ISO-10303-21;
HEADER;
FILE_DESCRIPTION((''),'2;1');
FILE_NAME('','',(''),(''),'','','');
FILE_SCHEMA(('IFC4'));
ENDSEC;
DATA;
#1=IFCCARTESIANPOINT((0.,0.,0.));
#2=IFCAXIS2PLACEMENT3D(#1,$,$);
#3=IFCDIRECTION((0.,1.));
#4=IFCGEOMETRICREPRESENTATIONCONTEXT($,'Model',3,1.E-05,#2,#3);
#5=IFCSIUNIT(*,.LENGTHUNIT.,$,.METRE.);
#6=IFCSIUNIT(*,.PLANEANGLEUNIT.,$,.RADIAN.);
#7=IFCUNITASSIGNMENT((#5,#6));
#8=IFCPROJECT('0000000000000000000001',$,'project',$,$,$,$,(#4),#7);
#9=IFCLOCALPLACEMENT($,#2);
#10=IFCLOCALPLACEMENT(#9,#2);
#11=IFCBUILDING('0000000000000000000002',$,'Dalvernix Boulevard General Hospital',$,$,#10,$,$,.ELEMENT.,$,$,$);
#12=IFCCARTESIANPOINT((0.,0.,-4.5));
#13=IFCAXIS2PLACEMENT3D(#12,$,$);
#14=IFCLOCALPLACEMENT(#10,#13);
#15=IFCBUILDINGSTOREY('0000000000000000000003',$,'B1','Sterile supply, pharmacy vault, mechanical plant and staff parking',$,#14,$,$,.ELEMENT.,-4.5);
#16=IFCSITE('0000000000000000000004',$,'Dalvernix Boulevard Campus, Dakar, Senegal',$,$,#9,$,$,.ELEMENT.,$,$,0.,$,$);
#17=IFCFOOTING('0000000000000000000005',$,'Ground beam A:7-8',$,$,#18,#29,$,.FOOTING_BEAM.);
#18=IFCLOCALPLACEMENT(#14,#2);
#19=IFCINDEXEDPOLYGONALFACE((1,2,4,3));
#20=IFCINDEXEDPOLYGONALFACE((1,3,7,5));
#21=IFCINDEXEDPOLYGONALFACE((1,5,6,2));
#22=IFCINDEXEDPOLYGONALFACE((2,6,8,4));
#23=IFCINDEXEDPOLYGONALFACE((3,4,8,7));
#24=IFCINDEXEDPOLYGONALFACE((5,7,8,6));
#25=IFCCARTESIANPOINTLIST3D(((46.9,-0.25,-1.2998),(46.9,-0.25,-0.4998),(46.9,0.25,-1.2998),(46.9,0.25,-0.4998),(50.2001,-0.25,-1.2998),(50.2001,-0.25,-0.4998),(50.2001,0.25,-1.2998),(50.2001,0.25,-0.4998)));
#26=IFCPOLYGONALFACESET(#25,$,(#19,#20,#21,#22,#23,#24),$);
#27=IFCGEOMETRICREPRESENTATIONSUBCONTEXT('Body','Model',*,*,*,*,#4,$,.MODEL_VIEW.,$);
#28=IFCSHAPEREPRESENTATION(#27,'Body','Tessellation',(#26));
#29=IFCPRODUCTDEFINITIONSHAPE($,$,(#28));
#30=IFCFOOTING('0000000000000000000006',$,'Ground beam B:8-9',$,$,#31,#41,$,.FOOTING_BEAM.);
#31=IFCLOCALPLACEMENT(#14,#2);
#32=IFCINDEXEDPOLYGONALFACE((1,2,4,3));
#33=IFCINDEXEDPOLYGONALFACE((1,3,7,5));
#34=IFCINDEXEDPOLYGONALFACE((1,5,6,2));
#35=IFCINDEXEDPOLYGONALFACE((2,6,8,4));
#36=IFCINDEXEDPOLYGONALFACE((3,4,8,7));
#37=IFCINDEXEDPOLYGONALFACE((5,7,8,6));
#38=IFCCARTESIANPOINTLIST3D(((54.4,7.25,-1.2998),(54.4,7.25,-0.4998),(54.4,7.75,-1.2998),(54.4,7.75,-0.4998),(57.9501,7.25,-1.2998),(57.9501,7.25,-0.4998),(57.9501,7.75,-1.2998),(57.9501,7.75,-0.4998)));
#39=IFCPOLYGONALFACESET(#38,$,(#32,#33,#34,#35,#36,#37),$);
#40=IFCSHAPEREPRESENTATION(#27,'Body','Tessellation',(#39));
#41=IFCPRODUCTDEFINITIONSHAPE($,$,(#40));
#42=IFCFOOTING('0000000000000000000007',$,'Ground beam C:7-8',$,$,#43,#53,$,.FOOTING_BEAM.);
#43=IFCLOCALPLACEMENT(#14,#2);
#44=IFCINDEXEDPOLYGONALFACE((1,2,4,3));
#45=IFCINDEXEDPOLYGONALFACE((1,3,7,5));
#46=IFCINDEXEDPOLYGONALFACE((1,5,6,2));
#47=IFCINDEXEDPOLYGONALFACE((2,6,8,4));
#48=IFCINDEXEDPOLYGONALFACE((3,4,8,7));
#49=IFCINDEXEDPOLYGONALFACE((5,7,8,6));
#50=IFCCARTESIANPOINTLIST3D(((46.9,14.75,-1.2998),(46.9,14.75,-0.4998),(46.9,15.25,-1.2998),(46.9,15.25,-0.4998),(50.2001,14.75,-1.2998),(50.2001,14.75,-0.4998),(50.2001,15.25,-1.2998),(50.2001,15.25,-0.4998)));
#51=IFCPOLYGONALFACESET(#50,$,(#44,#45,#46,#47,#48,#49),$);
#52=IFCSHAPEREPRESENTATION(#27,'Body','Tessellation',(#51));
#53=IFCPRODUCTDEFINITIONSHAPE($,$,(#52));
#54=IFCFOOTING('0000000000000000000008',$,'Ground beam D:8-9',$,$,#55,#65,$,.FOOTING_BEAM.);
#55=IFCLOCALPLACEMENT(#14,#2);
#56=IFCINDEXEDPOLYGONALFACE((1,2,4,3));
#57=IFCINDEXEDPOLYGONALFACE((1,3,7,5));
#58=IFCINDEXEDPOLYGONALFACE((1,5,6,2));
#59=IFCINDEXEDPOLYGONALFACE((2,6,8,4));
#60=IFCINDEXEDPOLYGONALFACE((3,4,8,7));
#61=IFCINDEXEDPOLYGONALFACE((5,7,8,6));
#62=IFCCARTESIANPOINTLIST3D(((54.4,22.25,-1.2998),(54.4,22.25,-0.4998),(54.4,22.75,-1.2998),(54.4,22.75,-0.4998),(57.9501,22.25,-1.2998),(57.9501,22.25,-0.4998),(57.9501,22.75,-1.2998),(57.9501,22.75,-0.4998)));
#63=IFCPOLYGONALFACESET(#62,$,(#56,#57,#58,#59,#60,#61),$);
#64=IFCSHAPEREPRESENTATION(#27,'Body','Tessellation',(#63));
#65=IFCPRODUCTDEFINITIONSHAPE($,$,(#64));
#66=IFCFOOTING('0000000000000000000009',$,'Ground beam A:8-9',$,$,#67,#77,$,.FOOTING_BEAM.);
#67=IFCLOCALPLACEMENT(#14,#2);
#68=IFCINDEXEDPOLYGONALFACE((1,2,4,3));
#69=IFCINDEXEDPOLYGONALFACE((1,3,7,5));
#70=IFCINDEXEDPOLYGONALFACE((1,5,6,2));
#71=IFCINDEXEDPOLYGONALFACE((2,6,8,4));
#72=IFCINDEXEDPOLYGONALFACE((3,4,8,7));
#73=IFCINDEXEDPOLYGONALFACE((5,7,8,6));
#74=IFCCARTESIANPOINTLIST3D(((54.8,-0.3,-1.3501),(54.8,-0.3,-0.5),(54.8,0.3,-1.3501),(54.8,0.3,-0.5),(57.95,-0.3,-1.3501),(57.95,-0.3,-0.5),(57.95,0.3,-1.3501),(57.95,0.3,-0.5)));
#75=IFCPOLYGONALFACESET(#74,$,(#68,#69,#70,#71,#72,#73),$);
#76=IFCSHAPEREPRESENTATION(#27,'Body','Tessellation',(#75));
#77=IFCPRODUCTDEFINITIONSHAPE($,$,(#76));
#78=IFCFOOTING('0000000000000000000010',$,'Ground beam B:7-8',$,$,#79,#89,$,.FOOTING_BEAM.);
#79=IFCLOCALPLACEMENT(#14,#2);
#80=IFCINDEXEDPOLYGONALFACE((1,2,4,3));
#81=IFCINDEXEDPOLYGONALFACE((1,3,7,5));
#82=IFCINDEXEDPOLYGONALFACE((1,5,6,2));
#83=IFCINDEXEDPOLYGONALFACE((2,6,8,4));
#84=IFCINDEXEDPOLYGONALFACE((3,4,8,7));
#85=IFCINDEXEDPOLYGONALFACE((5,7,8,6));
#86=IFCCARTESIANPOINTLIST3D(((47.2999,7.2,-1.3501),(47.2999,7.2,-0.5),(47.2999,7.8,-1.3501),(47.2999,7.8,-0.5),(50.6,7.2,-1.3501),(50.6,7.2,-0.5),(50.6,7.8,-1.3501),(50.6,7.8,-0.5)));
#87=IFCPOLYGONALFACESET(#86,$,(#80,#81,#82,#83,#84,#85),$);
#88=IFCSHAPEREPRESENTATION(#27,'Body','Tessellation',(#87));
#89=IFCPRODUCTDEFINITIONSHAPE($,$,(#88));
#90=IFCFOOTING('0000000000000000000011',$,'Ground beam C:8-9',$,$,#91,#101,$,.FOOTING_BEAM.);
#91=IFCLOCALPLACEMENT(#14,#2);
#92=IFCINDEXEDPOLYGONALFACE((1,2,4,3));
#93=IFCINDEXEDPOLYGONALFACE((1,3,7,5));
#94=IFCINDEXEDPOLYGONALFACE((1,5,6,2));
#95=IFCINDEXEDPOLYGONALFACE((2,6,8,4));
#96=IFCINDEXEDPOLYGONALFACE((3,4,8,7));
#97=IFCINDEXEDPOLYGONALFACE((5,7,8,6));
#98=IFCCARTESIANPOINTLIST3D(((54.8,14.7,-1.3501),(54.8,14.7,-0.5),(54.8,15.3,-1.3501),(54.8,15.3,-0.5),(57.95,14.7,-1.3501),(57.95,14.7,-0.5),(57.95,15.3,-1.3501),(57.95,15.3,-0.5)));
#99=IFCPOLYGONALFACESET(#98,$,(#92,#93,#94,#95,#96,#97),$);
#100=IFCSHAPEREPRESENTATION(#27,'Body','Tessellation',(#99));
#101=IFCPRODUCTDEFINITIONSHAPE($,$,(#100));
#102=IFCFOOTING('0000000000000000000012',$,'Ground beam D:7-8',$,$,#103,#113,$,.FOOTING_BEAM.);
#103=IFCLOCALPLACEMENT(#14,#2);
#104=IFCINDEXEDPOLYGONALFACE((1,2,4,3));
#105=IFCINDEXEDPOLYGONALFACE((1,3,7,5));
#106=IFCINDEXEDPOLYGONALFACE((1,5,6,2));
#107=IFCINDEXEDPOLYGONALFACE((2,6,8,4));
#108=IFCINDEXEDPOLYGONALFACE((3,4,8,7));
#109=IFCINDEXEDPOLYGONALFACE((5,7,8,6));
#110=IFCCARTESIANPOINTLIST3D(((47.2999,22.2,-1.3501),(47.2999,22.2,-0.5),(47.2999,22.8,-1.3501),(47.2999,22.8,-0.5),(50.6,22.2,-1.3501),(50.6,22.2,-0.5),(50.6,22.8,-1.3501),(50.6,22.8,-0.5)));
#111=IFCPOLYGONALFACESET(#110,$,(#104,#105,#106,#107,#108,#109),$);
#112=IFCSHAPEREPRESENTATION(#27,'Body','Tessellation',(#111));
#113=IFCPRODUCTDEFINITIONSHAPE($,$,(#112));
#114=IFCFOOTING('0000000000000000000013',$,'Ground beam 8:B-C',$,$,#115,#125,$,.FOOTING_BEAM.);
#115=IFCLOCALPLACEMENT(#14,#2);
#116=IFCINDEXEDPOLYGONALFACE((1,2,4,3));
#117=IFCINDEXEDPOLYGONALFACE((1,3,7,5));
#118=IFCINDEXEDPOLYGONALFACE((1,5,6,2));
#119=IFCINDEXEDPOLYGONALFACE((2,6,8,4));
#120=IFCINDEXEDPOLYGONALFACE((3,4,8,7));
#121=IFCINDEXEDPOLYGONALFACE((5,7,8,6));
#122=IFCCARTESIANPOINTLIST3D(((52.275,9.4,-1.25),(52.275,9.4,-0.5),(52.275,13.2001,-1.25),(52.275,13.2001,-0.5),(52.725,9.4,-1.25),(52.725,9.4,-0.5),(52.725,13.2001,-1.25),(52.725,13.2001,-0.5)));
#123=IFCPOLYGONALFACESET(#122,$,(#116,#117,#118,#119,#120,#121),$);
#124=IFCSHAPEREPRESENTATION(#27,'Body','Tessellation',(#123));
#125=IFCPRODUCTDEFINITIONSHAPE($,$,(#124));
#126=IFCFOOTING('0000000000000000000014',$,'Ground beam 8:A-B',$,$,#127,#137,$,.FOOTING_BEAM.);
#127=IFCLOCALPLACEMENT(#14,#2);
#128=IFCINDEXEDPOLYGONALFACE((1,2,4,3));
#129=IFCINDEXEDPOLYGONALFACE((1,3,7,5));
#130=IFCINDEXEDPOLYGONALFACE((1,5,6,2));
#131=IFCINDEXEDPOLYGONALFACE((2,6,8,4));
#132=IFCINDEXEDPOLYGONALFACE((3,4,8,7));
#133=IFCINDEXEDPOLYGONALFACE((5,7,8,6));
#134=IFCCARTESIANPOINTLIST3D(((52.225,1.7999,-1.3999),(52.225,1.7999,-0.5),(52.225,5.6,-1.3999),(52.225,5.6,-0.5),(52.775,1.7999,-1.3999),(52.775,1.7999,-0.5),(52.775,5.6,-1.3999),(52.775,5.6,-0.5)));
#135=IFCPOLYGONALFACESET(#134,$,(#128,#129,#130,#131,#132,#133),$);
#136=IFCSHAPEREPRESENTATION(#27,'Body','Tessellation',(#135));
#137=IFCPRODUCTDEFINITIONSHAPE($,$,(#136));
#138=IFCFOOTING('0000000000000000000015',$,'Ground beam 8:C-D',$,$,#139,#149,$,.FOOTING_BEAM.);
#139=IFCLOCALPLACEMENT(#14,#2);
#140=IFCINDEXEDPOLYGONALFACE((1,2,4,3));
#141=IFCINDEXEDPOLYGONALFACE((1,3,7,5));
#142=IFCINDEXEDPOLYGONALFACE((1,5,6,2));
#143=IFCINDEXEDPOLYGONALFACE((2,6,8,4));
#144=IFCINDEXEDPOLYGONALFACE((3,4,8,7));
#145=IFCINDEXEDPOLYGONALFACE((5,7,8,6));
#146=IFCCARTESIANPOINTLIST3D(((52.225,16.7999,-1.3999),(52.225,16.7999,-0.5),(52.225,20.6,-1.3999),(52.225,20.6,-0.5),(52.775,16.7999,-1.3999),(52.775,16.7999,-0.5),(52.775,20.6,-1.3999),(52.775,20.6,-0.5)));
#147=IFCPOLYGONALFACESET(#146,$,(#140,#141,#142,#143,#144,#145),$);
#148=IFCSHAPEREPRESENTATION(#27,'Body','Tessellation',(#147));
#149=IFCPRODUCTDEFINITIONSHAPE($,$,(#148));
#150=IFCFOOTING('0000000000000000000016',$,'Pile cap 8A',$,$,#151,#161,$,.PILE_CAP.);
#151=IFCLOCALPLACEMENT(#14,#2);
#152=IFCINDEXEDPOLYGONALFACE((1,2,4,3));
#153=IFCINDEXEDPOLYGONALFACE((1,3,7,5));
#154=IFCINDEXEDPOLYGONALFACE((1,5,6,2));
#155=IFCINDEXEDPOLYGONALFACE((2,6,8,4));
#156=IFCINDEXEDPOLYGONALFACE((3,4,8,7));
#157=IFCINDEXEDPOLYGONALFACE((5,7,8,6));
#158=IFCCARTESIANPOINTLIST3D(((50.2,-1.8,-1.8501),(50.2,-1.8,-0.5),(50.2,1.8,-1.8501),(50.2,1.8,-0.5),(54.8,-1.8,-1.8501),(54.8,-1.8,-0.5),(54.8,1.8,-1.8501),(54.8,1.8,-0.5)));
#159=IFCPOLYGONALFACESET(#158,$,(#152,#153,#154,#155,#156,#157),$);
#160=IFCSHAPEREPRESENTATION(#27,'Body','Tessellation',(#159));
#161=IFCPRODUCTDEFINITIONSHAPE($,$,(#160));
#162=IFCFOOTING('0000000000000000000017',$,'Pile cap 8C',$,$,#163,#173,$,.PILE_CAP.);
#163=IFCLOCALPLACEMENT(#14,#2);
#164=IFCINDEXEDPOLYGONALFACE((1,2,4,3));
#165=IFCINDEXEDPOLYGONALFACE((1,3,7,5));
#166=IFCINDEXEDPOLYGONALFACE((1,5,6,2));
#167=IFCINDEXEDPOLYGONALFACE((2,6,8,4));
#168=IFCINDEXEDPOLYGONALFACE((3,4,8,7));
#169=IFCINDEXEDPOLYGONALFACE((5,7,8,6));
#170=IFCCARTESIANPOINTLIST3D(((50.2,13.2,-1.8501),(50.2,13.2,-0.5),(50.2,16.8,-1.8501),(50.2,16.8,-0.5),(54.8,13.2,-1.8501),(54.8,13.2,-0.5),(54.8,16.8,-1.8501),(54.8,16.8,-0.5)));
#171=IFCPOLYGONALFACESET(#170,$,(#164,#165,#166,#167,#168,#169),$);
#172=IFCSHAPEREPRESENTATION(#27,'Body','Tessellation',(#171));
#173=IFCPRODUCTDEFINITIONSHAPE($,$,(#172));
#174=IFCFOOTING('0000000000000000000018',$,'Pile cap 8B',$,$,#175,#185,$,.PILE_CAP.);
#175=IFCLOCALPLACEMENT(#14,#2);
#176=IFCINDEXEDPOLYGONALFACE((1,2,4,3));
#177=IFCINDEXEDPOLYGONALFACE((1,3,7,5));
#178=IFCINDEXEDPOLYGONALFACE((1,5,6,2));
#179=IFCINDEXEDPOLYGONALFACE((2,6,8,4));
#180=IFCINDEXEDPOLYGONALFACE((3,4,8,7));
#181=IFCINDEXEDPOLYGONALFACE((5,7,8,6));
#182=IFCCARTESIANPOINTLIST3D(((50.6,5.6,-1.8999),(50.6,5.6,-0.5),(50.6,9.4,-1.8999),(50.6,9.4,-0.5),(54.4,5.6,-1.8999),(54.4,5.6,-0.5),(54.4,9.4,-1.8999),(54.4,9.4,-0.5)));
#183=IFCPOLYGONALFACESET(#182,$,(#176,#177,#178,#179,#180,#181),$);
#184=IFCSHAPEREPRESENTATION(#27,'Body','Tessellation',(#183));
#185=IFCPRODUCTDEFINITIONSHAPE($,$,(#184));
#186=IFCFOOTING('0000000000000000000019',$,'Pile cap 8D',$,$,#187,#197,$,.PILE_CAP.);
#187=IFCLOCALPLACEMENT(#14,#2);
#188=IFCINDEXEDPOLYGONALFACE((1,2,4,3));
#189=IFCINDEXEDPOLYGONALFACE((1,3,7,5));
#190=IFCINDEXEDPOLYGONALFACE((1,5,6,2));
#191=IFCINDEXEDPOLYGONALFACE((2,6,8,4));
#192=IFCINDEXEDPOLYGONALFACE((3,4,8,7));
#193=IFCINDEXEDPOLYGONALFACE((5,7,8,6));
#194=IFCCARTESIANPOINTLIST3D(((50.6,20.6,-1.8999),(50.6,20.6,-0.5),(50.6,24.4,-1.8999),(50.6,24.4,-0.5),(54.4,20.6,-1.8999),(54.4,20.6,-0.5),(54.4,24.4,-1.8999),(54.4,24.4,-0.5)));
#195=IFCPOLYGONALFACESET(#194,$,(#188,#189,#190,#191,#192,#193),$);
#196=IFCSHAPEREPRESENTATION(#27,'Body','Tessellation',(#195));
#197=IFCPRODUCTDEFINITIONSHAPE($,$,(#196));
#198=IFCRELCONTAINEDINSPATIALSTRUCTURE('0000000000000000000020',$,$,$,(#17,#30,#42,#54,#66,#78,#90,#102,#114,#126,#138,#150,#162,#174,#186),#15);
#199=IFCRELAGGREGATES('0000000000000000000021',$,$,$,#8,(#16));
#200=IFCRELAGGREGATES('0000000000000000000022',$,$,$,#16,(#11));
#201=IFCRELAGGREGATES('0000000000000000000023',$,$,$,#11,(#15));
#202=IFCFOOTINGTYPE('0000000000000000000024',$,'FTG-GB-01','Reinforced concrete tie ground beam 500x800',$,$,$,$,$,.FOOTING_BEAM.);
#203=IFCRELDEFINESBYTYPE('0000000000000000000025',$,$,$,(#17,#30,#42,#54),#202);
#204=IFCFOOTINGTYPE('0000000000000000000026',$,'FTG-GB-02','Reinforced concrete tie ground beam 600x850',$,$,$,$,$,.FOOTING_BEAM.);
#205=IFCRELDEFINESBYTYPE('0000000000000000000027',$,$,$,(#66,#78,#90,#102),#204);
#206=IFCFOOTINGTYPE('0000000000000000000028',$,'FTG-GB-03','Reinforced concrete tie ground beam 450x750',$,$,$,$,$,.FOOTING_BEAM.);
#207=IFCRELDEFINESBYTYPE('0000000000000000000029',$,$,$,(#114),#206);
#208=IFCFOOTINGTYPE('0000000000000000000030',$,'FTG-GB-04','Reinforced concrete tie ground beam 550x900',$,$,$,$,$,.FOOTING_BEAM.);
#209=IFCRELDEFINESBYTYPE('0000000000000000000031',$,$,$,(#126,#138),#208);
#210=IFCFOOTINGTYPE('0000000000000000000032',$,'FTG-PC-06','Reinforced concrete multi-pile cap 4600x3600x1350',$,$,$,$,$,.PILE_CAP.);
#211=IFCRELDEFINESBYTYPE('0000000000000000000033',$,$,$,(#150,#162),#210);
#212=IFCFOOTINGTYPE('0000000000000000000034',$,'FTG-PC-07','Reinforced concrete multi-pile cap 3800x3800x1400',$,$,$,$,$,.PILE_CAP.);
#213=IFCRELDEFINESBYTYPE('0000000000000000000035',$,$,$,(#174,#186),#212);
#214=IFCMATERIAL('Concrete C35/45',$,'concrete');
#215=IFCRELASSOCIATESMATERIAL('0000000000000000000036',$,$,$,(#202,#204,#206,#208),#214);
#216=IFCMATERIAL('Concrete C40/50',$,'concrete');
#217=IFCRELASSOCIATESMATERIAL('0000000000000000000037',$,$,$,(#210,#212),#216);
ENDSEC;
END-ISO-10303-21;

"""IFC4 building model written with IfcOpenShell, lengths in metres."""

from ifc_helpers import new_model, si_unit, direction, frame, origin, origin_2d, place, context, subcontext, project, spatial, rectangle, extrude, material, type_object, element, save


model = new_model("IFC4")

# Units and contexts
model_context = context("Model", 3, precision=1e-05, world=origin(), true_north=direction((0.0, 1.0)))
body_context = subcontext(model_context, "Body", "Model", "MODEL_VIEW")
ifc_project = project(units=[si_unit("LENGTHUNIT", "METRE"), si_unit("PLANEANGLEUNIT", "RADIAN")], contexts=[model_context])

# Site, building, storey
site_placement = place(None, origin())
site = spatial("IfcSite", under=ifc_project, at=site_placement, Name="Dalvernix Boulevard Campus, Dakar, Senegal", CompositionType="ELEMENT", RefElevation=0.0)
building_placement = place(site_placement, origin())
building = spatial("IfcBuilding", under=site, at=building_placement, Name="Dalvernix Boulevard General Hospital", CompositionType="ELEMENT")
storey_placement = place(building_placement, frame((0.0, 0.0, -4.5)))
storey = spatial("IfcBuildingStorey", under=building, at=storey_placement, Name="B1", Description="Sterile supply, pharmacy vault, mechanical plant and staff parking", CompositionType="ELEMENT", Elevation=-4.5)

# Footings
ifc_material_1 = material(Name="Concrete C35/45", Category="concrete")
footing_type_1 = type_object("IfcFootingType", Name="FTG-GB-01", Description="Reinforced concrete tie ground beam 500x800", PredefinedType="FOOTING_BEAM", material=ifc_material_1)
footing_1_placement = place(storey_placement, frame((48.55, 0.0, -1.2998), z_axis=(0.0, 0.0, 1.0), x_axis=(1.0, 0.0, 0.0)))
element("IfcFooting", 1, at=footing_1_placement, inside=storey, type_object=footing_type_1, Name="Ground beam A:7-8", PredefinedType="FOOTING_BEAM", context=body_context, shape_type="SweptSolid", body=[
    extrude(rectangle(XDim=3.3, YDim=0.5, at=origin_2d()), origin(), (0.0, 0.0, 1.0), 0.8),
])
footing_2_placement = place(storey_placement, frame((56.175, 7.5, -1.2998), z_axis=(0.0, 0.0, 1.0), x_axis=(1.0, 0.0, 0.0)))
element("IfcFooting", 2, at=footing_2_placement, inside=storey, type_object=footing_type_1, Name="Ground beam B:8-9", PredefinedType="FOOTING_BEAM", context=body_context, shape_type="SweptSolid", body=[
    extrude(rectangle(XDim=3.55, YDim=0.5, at=origin_2d()), origin(), (0.0, 0.0, 1.0), 0.8),
])
footing_3_placement = place(storey_placement, frame((48.55, 15.0, -1.2998), z_axis=(0.0, 0.0, 1.0), x_axis=(1.0, 0.0, 0.0)))
element("IfcFooting", 3, at=footing_3_placement, inside=storey, type_object=footing_type_1, Name="Ground beam C:7-8", PredefinedType="FOOTING_BEAM", context=body_context, shape_type="SweptSolid", body=[
    extrude(rectangle(XDim=3.3, YDim=0.5, at=origin_2d()), origin(), (0.0, 0.0, 1.0), 0.8),
])
footing_4_placement = place(storey_placement, frame((56.175, 22.5, -1.2998), z_axis=(0.0, 0.0, 1.0), x_axis=(1.0, 0.0, 0.0)))
element("IfcFooting", 4, at=footing_4_placement, inside=storey, type_object=footing_type_1, Name="Ground beam D:8-9", PredefinedType="FOOTING_BEAM", context=body_context, shape_type="SweptSolid", body=[
    extrude(rectangle(XDim=3.55, YDim=0.5, at=origin_2d()), origin(), (0.0, 0.0, 1.0), 0.8),
])
footing_type_2 = type_object("IfcFootingType", Name="FTG-GB-02", Description="Reinforced concrete tie ground beam 600x850", PredefinedType="FOOTING_BEAM", material=ifc_material_1)
footing_5_placement = place(storey_placement, frame((56.375, 0.0, -1.3501), z_axis=(0.0, 0.0, 1.0), x_axis=(1.0, 0.0, 0.0)))
element("IfcFooting", 5, at=footing_5_placement, inside=storey, type_object=footing_type_2, Name="Ground beam A:8-9", PredefinedType="FOOTING_BEAM", context=body_context, shape_type="SweptSolid", body=[
    extrude(rectangle(XDim=3.1499, YDim=0.6001, at=origin_2d()), origin(), (0.0, 0.0, 1.0), 0.8501),
])
footing_6_placement = place(storey_placement, frame((48.95, 7.5, -1.3501), z_axis=(0.0, 0.0, 1.0), x_axis=(1.0, 0.0, 0.0)))
element("IfcFooting", 6, at=footing_6_placement, inside=storey, type_object=footing_type_2, Name="Ground beam B:7-8", PredefinedType="FOOTING_BEAM", context=body_context, shape_type="SweptSolid", body=[
    extrude(rectangle(XDim=3.3, YDim=0.6001, at=origin_2d()), origin(), (0.0, 0.0, 1.0), 0.8501),
])
footing_7_placement = place(storey_placement, frame((56.375, 15.0, -1.3501), z_axis=(0.0, 0.0, 1.0), x_axis=(1.0, 0.0, 0.0)))
element("IfcFooting", 7, at=footing_7_placement, inside=storey, type_object=footing_type_2, Name="Ground beam C:8-9", PredefinedType="FOOTING_BEAM", context=body_context, shape_type="SweptSolid", body=[
    extrude(rectangle(XDim=3.1499, YDim=0.6001, at=origin_2d()), origin(), (0.0, 0.0, 1.0), 0.8501),
])
footing_8_placement = place(storey_placement, frame((48.95, 22.5, -1.3501), z_axis=(0.0, 0.0, 1.0), x_axis=(1.0, 0.0, 0.0)))
element("IfcFooting", 8, at=footing_8_placement, inside=storey, type_object=footing_type_2, Name="Ground beam D:7-8", PredefinedType="FOOTING_BEAM", context=body_context, shape_type="SweptSolid", body=[
    extrude(rectangle(XDim=3.3, YDim=0.6001, at=origin_2d()), origin(), (0.0, 0.0, 1.0), 0.8501),
])
footing_type_3 = type_object("IfcFootingType", Name="FTG-GB-03", Description="Reinforced concrete tie ground beam 450x750", PredefinedType="FOOTING_BEAM", material=ifc_material_1)
footing_9_placement = place(storey_placement, frame((52.5, 11.3, -1.25), z_axis=(0.0, 0.0, 1.0), x_axis=(0.0, 1.0, 0.0)))
element("IfcFooting", 9, at=footing_9_placement, inside=storey, type_object=footing_type_3, Name="Ground beam 8:B-C", PredefinedType="FOOTING_BEAM", context=body_context, shape_type="SweptSolid", body=[
    extrude(rectangle(XDim=3.8, YDim=0.45, at=origin_2d()), origin(), (0.0, 0.0, 1.0), 0.75),
])
footing_type_4 = type_object("IfcFootingType", Name="FTG-GB-04", Description="Reinforced concrete tie ground beam 550x900", PredefinedType="FOOTING_BEAM", material=ifc_material_1)
for number, where, z_axis, x_axis, name in (
    (10, (52.5, 3.7, -1.3999), (0.0, 0.0, 1.0), (0.0, 1.0, 0.0), "Ground beam 8:A-B"),
    (11, (52.5, 18.7, -1.3999), (0.0, 0.0, 1.0), (0.0, 1.0, 0.0), "Ground beam 8:C-D"),
):
    element("IfcFooting", number, at=place(storey_placement, frame(where, z_axis=z_axis, x_axis=x_axis)), inside=storey, type_object=footing_type_4, Name=name, PredefinedType="FOOTING_BEAM", context=body_context, shape_type="SweptSolid", body=[
        extrude(rectangle(XDim=3.8, YDim=0.55, at=origin_2d()), origin(), (0.0, 0.0, 1.0), 0.8999),
    ])
ifc_material_2 = material(Name="Concrete C40/50", Category="concrete")
footing_type_5 = type_object("IfcFootingType", Name="FTG-PC-06", Description="Reinforced concrete multi-pile cap 4600x3600x1350", PredefinedType="PILE_CAP", material=ifc_material_2)
for number, where, z_axis, x_axis, name in (
    (12, (52.5, 0.0, -1.8501), (0.0, 0.0, 1.0), (1.0, 0.0, 0.0), "Pile cap 8A"),
    (13, (52.5, 15.0, -1.8501), (0.0, 0.0, 1.0), (1.0, 0.0, 0.0), "Pile cap 8C"),
):
    element("IfcFooting", number, at=place(storey_placement, frame(where, z_axis=z_axis, x_axis=x_axis)), inside=storey, type_object=footing_type_5, Name=name, PredefinedType="PILE_CAP", context=body_context, shape_type="SweptSolid", body=[
        extrude(rectangle(XDim=4.6001, YDim=3.6001, at=origin_2d()), origin(), (0.0, 0.0, 1.0), 1.3501),
    ])
footing_type_6 = type_object("IfcFootingType", Name="FTG-PC-07", Description="Reinforced concrete multi-pile cap 3800x3800x1400", PredefinedType="PILE_CAP", material=ifc_material_2)
for number, where, z_axis, x_axis, name in (
    (14, (52.5, 7.5, -1.8999), (0.0, 0.0, 1.0), (1.0, 0.0, 0.0), "Pile cap 8B"),
    (15, (52.5, 22.5, -1.8999), (0.0, 0.0, 1.0), (1.0, 0.0, 0.0), "Pile cap 8D"),
):
    element("IfcFooting", number, at=place(storey_placement, frame(where, z_axis=z_axis, x_axis=x_axis)), inside=storey, type_object=footing_type_6, Name=name, PredefinedType="PILE_CAP", context=body_context, shape_type="SweptSolid", body=[
        extrude(rectangle(XDim=3.8, YDim=3.8, at=origin_2d()), origin(), (0.0, 0.0, 1.0), 1.3999),
    ])

save(model, "model.ifc")
